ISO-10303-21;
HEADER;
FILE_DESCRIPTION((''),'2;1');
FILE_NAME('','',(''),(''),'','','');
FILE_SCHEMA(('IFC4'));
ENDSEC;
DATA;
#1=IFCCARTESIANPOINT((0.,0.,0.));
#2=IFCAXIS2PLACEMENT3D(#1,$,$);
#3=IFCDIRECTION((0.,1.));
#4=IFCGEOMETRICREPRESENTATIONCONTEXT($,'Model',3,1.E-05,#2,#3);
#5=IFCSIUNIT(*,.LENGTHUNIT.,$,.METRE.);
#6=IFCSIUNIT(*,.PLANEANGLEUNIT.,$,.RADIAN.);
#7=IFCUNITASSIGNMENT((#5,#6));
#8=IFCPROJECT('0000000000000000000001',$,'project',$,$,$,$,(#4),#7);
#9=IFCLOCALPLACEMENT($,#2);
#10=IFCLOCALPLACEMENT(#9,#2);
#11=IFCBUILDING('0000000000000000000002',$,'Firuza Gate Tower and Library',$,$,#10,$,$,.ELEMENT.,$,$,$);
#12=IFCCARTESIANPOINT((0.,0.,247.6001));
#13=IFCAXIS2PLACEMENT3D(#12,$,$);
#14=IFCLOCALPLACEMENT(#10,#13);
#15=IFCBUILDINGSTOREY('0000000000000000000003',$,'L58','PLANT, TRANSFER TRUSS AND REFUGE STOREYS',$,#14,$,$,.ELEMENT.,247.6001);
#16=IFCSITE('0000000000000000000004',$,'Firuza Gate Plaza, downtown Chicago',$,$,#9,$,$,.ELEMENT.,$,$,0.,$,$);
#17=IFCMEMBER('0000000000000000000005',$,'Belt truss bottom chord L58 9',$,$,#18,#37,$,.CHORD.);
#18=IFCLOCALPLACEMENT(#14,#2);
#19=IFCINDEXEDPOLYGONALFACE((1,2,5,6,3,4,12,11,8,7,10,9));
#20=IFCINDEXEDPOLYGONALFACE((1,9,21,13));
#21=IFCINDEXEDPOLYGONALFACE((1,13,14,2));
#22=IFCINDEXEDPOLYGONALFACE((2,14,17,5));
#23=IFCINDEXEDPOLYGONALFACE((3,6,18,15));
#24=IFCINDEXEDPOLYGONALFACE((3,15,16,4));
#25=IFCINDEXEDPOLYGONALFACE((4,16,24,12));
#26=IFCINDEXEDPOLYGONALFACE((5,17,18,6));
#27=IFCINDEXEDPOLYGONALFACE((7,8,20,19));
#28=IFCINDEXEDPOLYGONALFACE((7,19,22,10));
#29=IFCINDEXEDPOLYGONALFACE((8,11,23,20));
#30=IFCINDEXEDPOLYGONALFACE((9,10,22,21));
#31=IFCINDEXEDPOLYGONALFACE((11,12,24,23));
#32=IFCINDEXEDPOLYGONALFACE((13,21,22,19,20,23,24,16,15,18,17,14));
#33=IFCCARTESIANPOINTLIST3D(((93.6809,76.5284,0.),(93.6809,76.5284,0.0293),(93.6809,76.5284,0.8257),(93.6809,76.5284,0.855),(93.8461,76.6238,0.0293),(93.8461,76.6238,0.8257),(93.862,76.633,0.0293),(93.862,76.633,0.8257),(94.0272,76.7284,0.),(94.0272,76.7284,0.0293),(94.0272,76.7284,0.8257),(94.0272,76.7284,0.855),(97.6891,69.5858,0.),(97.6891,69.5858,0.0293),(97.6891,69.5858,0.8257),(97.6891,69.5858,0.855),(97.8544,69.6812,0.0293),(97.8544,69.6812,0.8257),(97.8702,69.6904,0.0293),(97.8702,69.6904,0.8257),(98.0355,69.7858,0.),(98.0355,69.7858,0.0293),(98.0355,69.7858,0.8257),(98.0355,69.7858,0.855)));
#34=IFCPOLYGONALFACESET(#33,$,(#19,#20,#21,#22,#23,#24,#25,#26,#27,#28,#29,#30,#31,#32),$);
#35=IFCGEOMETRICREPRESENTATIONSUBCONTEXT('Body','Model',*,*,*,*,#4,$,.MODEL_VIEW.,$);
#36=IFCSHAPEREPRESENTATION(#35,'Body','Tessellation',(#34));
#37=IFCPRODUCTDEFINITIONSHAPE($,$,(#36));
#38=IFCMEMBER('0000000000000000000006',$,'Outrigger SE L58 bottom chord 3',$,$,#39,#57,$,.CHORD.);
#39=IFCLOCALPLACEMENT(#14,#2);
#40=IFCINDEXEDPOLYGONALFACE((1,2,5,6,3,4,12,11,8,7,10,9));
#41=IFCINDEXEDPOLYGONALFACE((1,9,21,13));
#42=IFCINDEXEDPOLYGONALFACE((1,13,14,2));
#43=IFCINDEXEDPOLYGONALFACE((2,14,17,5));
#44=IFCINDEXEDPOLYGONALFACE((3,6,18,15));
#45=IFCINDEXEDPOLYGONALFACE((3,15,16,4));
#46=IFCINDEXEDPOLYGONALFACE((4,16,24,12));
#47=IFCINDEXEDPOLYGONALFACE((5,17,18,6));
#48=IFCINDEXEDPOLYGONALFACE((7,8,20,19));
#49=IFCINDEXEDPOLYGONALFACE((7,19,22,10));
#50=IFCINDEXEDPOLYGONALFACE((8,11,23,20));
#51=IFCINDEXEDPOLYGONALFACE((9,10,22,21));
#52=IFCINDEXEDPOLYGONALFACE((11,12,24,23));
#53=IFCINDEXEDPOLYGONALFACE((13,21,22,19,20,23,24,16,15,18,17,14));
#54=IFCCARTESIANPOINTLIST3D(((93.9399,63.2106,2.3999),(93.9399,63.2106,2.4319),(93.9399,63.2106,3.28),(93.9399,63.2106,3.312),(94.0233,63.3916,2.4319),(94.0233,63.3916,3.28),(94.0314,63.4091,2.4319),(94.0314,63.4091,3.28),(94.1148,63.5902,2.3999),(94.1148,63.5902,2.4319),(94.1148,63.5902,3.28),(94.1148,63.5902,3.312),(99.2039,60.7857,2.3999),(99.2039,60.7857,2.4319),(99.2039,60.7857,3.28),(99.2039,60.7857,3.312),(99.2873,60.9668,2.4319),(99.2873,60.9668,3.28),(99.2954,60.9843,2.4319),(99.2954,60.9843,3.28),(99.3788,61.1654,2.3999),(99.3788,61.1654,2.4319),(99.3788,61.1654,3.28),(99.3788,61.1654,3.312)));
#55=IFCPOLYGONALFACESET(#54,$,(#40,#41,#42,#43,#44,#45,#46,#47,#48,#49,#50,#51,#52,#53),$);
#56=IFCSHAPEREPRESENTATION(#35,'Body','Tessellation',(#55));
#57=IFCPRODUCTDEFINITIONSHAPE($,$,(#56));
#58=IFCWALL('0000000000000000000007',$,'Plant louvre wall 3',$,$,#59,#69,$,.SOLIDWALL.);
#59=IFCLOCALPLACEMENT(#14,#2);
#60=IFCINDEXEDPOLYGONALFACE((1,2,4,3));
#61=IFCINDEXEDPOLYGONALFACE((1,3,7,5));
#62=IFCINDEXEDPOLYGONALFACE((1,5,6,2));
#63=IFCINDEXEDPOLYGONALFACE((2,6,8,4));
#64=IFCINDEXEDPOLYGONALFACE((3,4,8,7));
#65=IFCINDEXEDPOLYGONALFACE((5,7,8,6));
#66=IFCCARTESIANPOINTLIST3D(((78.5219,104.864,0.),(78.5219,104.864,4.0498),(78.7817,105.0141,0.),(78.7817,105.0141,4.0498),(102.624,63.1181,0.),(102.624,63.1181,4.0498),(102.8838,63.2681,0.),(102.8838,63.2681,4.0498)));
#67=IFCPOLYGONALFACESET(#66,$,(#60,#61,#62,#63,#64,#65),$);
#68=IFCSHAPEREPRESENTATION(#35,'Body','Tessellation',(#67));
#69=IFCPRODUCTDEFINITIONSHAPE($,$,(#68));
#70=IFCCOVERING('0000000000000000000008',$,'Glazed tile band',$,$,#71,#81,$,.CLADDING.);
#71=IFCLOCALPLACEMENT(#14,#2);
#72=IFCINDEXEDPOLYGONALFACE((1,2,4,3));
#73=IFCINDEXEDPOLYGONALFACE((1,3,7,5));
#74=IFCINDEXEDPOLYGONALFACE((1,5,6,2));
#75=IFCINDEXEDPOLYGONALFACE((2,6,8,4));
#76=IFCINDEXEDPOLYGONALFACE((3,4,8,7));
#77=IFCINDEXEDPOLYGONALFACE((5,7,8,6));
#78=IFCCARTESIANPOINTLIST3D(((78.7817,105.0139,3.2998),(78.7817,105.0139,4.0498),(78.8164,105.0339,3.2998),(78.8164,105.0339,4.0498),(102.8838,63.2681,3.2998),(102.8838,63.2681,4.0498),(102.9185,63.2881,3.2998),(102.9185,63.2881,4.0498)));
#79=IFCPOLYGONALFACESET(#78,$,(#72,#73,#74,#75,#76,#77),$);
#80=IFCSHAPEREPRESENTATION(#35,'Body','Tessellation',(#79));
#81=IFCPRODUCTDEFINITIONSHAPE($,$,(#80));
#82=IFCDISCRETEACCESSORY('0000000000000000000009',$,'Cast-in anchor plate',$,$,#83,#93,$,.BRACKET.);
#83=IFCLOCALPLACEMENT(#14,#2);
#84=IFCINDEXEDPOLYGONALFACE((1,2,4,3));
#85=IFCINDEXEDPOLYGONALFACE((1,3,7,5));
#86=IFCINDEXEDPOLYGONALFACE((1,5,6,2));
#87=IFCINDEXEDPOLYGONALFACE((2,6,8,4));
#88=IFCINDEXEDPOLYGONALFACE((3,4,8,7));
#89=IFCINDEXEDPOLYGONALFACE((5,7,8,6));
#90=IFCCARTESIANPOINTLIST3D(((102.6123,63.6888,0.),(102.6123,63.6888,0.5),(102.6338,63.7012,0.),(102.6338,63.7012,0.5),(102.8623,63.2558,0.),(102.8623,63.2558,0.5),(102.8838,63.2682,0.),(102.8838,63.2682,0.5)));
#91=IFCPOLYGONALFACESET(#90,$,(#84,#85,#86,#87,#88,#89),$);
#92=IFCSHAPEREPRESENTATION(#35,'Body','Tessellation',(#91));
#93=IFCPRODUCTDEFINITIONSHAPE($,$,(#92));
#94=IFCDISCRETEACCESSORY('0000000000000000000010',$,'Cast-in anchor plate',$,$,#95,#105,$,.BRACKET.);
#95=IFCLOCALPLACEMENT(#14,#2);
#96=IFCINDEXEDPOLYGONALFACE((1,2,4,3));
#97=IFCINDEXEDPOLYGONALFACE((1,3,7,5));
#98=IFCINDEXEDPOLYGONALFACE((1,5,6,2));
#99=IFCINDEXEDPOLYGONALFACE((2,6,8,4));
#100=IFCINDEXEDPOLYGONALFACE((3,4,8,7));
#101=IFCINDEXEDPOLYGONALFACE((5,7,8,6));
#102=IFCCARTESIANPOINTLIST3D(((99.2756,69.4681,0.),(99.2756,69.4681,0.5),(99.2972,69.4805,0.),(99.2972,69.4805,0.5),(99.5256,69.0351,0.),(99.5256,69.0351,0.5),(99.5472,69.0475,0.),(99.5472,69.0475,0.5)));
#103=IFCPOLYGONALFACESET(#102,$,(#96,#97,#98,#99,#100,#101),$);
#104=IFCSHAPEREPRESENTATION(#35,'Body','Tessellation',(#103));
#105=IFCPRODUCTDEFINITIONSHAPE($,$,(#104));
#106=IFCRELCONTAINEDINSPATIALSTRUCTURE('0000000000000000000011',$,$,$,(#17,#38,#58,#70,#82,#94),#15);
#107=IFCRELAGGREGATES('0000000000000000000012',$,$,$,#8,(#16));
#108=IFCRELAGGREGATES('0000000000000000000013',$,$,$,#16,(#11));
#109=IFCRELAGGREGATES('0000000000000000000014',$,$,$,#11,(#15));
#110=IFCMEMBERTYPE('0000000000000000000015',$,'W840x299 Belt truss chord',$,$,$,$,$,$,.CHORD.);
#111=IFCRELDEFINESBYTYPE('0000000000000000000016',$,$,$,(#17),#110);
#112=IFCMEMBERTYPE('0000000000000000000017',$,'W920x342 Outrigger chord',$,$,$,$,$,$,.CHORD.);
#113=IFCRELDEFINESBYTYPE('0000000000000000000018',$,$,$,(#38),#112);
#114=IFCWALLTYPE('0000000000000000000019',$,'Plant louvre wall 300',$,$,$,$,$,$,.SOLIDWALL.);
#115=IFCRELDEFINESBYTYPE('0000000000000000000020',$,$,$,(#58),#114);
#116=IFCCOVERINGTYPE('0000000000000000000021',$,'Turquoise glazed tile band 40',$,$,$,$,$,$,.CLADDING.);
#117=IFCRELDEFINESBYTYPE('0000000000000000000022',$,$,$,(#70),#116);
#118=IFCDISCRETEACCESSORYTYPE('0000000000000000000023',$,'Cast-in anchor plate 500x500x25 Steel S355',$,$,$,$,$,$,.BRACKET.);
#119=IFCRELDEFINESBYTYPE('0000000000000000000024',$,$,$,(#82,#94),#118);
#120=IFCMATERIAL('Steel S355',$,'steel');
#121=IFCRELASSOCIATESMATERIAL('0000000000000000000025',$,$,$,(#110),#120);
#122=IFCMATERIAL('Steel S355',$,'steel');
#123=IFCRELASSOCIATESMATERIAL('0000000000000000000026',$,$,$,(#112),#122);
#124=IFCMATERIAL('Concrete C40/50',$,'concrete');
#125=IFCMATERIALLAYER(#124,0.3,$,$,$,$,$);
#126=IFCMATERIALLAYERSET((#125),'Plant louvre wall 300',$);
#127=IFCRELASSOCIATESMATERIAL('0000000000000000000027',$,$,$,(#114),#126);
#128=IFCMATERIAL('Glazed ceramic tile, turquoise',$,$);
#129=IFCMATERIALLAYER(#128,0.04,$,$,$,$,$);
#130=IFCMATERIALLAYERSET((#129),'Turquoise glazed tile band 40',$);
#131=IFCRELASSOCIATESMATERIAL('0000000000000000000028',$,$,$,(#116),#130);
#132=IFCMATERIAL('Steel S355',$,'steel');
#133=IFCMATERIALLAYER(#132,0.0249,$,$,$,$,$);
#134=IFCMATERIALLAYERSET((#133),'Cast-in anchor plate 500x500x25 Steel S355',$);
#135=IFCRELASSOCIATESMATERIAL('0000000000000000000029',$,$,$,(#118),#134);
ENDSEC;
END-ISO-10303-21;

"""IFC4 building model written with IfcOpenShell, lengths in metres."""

from ifc_helpers import new_model, si_unit, direction, frame, frame_2d, origin, origin_2d, place, context, subcontext, project, spatial, polyline, rectangle, i_section, outline, extrude, material, layer, layer_set, material_profile, profile_set, type_object, element, save


model = new_model("IFC4")

# Units and contexts
model_context = context("Model", 3, precision=1e-05, world=origin(), true_north=direction((0.0, 1.0)))
body_context = subcontext(model_context, "Body", "Model", "MODEL_VIEW")
ifc_project = project(units=[si_unit("LENGTHUNIT", "METRE"), si_unit("PLANEANGLEUNIT", "RADIAN")], contexts=[model_context])

# Site, building, storey
site_placement = place(None, origin())
site = spatial("IfcSite", under=ifc_project, at=site_placement, Name="Firuza Gate Plaza, downtown Chicago", CompositionType="ELEMENT", RefElevation=0.0)
building_placement = place(site_placement, origin())
building = spatial("IfcBuilding", under=site, at=building_placement, Name="Firuza Gate Tower and Library", CompositionType="ELEMENT")
storey_placement = place(building_placement, frame((0.0, 0.0, 247.6001)))
storey = spatial("IfcBuildingStorey", under=building, at=storey_placement, Name="L58", Description="PLANT, TRANSFER TRUSS AND REFUGE STOREYS", CompositionType="ELEMENT", Elevation=247.6001)

# Members
ifc_material_1 = material(Name="Steel S355", Category="steel")
ifc_material_profile_1 = material_profile(ifc_material_1, i_section(OverallWidth=0.3999, OverallDepth=0.855, WebThickness=0.0183, FlangeThickness=0.0293, at=origin_2d()))
ifc_profile_set_1 = profile_set([ifc_material_profile_1], Name="Steel S355")
member_type_1 = type_object("IfcMemberType", Name="W840x299 Belt truss chord", PredefinedType="CHORD", material=ifc_profile_set_1)
member_1_placement = place(storey_placement, frame((97.8623, 69.6858, 0.4275), z_axis=(-0.499997, 0.866027, 0.0), x_axis=(-0.866027, -0.499997, 0.0)))
element("IfcMember", 1, at=member_1_placement, inside=storey, type_object=member_type_1, Name="Belt truss bottom chord L58 9", PredefinedType="CHORD", context=body_context, shape_type="SweptSolid", body=[
    extrude(i_section(OverallWidth=0.3999, OverallDepth=0.855, WebThickness=0.0183, FlangeThickness=0.0293, at=origin_2d()), origin(), (0.0, 0.0, 1.0), 8.0166),
])
ifc_material_2 = material(Name="Steel S355", Category="steel")
ifc_material_profile_2 = material_profile(ifc_material_2, i_section(OverallWidth=0.418, OverallDepth=0.9121, WebThickness=0.0193, FlangeThickness=0.032, at=origin_2d()))
ifc_profile_set_2 = profile_set([ifc_material_profile_2], Name="Steel S355")
member_type_2 = type_object("IfcMemberType", Name="W920x342 Outrigger chord", PredefinedType="CHORD", material=ifc_profile_set_2)
member_2_placement = place(storey_placement, frame((94.0273, 63.4004, 2.856), z_axis=(0.908267, -0.41839, 0.0), x_axis=(0.41839, 0.908267, 0.0)))
element("IfcMember", 2, at=member_2_placement, inside=storey, type_object=member_type_2, Name="Outrigger SE L58 bottom chord 3", PredefinedType="CHORD", context=body_context, shape_type="SweptSolid", body=[
    extrude(i_section(OverallWidth=0.418, OverallDepth=0.9121, WebThickness=0.0193, FlangeThickness=0.032, at=origin_2d()), origin(), (0.0, 0.0, 1.0), 5.7957),
])

# Wall
ifc_material_3 = material(Name="Concrete C40/50", Category="concrete")
ifc_layer_1 = layer(ifc_material_3, 0.3)
ifc_layer_set_1 = layer_set([ifc_layer_1], Name="Plant louvre wall 300")
wall_type = type_object("IfcWallType", Name="Plant louvre wall 300", PredefinedType="SOLIDWALL", material=ifc_layer_set_1)
wall_placement = place(storey_placement, frame((102.7539, 63.1931, 0.0), z_axis=(0.0, 0.0, 1.0), x_axis=(-0.500001, 0.866025, 0.0)))
element("IfcWall", 3, at=wall_placement, inside=storey, type_object=wall_type, Name="Plant louvre wall 3", PredefinedType="SOLIDWALL", context=body_context, shape_type="SweptSolid", body=[
    extrude(rectangle(XDim=48.2041, YDim=0.3, at=frame_2d((24.1021, 0.0))), origin(), (0.0, 0.0, 1.0), 4.0498),
])

# Covering
ifc_material_4 = material(Name="Glazed ceramic tile, turquoise")
ifc_layer_2 = layer(ifc_material_4, 0.04)
ifc_layer_set_2 = layer_set([ifc_layer_2], Name="Turquoise glazed tile band 40")
covering_type = type_object("IfcCoveringType", Name="Turquoise glazed tile band 40", PredefinedType="CLADDING", material=ifc_layer_set_2)
covering_placement = place(storey_placement, frame((102.9185, 63.2881, 3.2998), z_axis=(0.866025, 0.500001, 0.0), x_axis=(-0.500001, 0.866025, 0.0)))
element("IfcCovering", 4, at=covering_placement, inside=storey, type_object=covering_type, Name="Glazed tile band", PredefinedType="CLADDING", context=body_context, shape_type="SweptSolid", body=[
    extrude(outline(polyline([(0.0, 0.0), (48.204, 0.0), (48.204, 0.75), (0.0, 0.75), (0.0, 0.0)])), origin(), (0.0, 0.0, -1.0), 0.04),
])

# Discrete accessories
ifc_material_5 = material(Name="Steel S355", Category="steel")
ifc_layer_3 = layer(ifc_material_5, 0.0249)
ifc_layer_set_3 = layer_set([ifc_layer_3], Name="Cast-in anchor plate 500x500x25 Steel S355")
discrete_accessory_type = type_object("IfcDiscreteAccessoryType", Name="Cast-in anchor plate 500x500x25 Steel S355", PredefinedType="BRACKET", material=ifc_layer_set_3)
for number, where, z_axis, x_axis, name in (
    (5, (102.748, 63.4785, 0.0), (0.0, 0.0, 1.0), (-0.5, 0.866025, 0.0), "Cast-in anchor plate"),
    (6, (99.4114, 69.2578, 0.0), (0.0, 0.0, 1.0), (-0.5, 0.866025, 0.0), "Cast-in anchor plate"),
):
    element("IfcDiscreteAccessory", number, at=place(storey_placement, frame(where, z_axis=z_axis, x_axis=x_axis)), inside=storey, type_object=discrete_accessory_type, Name=name, PredefinedType="BRACKET", context=body_context, shape_type="SweptSolid", body=[
        extrude(rectangle(XDim=0.5, YDim=0.0249, at=origin_2d()), origin(), (0.0, 0.0, 1.0), 0.5),
    ])

save(model, "model.ifc")
